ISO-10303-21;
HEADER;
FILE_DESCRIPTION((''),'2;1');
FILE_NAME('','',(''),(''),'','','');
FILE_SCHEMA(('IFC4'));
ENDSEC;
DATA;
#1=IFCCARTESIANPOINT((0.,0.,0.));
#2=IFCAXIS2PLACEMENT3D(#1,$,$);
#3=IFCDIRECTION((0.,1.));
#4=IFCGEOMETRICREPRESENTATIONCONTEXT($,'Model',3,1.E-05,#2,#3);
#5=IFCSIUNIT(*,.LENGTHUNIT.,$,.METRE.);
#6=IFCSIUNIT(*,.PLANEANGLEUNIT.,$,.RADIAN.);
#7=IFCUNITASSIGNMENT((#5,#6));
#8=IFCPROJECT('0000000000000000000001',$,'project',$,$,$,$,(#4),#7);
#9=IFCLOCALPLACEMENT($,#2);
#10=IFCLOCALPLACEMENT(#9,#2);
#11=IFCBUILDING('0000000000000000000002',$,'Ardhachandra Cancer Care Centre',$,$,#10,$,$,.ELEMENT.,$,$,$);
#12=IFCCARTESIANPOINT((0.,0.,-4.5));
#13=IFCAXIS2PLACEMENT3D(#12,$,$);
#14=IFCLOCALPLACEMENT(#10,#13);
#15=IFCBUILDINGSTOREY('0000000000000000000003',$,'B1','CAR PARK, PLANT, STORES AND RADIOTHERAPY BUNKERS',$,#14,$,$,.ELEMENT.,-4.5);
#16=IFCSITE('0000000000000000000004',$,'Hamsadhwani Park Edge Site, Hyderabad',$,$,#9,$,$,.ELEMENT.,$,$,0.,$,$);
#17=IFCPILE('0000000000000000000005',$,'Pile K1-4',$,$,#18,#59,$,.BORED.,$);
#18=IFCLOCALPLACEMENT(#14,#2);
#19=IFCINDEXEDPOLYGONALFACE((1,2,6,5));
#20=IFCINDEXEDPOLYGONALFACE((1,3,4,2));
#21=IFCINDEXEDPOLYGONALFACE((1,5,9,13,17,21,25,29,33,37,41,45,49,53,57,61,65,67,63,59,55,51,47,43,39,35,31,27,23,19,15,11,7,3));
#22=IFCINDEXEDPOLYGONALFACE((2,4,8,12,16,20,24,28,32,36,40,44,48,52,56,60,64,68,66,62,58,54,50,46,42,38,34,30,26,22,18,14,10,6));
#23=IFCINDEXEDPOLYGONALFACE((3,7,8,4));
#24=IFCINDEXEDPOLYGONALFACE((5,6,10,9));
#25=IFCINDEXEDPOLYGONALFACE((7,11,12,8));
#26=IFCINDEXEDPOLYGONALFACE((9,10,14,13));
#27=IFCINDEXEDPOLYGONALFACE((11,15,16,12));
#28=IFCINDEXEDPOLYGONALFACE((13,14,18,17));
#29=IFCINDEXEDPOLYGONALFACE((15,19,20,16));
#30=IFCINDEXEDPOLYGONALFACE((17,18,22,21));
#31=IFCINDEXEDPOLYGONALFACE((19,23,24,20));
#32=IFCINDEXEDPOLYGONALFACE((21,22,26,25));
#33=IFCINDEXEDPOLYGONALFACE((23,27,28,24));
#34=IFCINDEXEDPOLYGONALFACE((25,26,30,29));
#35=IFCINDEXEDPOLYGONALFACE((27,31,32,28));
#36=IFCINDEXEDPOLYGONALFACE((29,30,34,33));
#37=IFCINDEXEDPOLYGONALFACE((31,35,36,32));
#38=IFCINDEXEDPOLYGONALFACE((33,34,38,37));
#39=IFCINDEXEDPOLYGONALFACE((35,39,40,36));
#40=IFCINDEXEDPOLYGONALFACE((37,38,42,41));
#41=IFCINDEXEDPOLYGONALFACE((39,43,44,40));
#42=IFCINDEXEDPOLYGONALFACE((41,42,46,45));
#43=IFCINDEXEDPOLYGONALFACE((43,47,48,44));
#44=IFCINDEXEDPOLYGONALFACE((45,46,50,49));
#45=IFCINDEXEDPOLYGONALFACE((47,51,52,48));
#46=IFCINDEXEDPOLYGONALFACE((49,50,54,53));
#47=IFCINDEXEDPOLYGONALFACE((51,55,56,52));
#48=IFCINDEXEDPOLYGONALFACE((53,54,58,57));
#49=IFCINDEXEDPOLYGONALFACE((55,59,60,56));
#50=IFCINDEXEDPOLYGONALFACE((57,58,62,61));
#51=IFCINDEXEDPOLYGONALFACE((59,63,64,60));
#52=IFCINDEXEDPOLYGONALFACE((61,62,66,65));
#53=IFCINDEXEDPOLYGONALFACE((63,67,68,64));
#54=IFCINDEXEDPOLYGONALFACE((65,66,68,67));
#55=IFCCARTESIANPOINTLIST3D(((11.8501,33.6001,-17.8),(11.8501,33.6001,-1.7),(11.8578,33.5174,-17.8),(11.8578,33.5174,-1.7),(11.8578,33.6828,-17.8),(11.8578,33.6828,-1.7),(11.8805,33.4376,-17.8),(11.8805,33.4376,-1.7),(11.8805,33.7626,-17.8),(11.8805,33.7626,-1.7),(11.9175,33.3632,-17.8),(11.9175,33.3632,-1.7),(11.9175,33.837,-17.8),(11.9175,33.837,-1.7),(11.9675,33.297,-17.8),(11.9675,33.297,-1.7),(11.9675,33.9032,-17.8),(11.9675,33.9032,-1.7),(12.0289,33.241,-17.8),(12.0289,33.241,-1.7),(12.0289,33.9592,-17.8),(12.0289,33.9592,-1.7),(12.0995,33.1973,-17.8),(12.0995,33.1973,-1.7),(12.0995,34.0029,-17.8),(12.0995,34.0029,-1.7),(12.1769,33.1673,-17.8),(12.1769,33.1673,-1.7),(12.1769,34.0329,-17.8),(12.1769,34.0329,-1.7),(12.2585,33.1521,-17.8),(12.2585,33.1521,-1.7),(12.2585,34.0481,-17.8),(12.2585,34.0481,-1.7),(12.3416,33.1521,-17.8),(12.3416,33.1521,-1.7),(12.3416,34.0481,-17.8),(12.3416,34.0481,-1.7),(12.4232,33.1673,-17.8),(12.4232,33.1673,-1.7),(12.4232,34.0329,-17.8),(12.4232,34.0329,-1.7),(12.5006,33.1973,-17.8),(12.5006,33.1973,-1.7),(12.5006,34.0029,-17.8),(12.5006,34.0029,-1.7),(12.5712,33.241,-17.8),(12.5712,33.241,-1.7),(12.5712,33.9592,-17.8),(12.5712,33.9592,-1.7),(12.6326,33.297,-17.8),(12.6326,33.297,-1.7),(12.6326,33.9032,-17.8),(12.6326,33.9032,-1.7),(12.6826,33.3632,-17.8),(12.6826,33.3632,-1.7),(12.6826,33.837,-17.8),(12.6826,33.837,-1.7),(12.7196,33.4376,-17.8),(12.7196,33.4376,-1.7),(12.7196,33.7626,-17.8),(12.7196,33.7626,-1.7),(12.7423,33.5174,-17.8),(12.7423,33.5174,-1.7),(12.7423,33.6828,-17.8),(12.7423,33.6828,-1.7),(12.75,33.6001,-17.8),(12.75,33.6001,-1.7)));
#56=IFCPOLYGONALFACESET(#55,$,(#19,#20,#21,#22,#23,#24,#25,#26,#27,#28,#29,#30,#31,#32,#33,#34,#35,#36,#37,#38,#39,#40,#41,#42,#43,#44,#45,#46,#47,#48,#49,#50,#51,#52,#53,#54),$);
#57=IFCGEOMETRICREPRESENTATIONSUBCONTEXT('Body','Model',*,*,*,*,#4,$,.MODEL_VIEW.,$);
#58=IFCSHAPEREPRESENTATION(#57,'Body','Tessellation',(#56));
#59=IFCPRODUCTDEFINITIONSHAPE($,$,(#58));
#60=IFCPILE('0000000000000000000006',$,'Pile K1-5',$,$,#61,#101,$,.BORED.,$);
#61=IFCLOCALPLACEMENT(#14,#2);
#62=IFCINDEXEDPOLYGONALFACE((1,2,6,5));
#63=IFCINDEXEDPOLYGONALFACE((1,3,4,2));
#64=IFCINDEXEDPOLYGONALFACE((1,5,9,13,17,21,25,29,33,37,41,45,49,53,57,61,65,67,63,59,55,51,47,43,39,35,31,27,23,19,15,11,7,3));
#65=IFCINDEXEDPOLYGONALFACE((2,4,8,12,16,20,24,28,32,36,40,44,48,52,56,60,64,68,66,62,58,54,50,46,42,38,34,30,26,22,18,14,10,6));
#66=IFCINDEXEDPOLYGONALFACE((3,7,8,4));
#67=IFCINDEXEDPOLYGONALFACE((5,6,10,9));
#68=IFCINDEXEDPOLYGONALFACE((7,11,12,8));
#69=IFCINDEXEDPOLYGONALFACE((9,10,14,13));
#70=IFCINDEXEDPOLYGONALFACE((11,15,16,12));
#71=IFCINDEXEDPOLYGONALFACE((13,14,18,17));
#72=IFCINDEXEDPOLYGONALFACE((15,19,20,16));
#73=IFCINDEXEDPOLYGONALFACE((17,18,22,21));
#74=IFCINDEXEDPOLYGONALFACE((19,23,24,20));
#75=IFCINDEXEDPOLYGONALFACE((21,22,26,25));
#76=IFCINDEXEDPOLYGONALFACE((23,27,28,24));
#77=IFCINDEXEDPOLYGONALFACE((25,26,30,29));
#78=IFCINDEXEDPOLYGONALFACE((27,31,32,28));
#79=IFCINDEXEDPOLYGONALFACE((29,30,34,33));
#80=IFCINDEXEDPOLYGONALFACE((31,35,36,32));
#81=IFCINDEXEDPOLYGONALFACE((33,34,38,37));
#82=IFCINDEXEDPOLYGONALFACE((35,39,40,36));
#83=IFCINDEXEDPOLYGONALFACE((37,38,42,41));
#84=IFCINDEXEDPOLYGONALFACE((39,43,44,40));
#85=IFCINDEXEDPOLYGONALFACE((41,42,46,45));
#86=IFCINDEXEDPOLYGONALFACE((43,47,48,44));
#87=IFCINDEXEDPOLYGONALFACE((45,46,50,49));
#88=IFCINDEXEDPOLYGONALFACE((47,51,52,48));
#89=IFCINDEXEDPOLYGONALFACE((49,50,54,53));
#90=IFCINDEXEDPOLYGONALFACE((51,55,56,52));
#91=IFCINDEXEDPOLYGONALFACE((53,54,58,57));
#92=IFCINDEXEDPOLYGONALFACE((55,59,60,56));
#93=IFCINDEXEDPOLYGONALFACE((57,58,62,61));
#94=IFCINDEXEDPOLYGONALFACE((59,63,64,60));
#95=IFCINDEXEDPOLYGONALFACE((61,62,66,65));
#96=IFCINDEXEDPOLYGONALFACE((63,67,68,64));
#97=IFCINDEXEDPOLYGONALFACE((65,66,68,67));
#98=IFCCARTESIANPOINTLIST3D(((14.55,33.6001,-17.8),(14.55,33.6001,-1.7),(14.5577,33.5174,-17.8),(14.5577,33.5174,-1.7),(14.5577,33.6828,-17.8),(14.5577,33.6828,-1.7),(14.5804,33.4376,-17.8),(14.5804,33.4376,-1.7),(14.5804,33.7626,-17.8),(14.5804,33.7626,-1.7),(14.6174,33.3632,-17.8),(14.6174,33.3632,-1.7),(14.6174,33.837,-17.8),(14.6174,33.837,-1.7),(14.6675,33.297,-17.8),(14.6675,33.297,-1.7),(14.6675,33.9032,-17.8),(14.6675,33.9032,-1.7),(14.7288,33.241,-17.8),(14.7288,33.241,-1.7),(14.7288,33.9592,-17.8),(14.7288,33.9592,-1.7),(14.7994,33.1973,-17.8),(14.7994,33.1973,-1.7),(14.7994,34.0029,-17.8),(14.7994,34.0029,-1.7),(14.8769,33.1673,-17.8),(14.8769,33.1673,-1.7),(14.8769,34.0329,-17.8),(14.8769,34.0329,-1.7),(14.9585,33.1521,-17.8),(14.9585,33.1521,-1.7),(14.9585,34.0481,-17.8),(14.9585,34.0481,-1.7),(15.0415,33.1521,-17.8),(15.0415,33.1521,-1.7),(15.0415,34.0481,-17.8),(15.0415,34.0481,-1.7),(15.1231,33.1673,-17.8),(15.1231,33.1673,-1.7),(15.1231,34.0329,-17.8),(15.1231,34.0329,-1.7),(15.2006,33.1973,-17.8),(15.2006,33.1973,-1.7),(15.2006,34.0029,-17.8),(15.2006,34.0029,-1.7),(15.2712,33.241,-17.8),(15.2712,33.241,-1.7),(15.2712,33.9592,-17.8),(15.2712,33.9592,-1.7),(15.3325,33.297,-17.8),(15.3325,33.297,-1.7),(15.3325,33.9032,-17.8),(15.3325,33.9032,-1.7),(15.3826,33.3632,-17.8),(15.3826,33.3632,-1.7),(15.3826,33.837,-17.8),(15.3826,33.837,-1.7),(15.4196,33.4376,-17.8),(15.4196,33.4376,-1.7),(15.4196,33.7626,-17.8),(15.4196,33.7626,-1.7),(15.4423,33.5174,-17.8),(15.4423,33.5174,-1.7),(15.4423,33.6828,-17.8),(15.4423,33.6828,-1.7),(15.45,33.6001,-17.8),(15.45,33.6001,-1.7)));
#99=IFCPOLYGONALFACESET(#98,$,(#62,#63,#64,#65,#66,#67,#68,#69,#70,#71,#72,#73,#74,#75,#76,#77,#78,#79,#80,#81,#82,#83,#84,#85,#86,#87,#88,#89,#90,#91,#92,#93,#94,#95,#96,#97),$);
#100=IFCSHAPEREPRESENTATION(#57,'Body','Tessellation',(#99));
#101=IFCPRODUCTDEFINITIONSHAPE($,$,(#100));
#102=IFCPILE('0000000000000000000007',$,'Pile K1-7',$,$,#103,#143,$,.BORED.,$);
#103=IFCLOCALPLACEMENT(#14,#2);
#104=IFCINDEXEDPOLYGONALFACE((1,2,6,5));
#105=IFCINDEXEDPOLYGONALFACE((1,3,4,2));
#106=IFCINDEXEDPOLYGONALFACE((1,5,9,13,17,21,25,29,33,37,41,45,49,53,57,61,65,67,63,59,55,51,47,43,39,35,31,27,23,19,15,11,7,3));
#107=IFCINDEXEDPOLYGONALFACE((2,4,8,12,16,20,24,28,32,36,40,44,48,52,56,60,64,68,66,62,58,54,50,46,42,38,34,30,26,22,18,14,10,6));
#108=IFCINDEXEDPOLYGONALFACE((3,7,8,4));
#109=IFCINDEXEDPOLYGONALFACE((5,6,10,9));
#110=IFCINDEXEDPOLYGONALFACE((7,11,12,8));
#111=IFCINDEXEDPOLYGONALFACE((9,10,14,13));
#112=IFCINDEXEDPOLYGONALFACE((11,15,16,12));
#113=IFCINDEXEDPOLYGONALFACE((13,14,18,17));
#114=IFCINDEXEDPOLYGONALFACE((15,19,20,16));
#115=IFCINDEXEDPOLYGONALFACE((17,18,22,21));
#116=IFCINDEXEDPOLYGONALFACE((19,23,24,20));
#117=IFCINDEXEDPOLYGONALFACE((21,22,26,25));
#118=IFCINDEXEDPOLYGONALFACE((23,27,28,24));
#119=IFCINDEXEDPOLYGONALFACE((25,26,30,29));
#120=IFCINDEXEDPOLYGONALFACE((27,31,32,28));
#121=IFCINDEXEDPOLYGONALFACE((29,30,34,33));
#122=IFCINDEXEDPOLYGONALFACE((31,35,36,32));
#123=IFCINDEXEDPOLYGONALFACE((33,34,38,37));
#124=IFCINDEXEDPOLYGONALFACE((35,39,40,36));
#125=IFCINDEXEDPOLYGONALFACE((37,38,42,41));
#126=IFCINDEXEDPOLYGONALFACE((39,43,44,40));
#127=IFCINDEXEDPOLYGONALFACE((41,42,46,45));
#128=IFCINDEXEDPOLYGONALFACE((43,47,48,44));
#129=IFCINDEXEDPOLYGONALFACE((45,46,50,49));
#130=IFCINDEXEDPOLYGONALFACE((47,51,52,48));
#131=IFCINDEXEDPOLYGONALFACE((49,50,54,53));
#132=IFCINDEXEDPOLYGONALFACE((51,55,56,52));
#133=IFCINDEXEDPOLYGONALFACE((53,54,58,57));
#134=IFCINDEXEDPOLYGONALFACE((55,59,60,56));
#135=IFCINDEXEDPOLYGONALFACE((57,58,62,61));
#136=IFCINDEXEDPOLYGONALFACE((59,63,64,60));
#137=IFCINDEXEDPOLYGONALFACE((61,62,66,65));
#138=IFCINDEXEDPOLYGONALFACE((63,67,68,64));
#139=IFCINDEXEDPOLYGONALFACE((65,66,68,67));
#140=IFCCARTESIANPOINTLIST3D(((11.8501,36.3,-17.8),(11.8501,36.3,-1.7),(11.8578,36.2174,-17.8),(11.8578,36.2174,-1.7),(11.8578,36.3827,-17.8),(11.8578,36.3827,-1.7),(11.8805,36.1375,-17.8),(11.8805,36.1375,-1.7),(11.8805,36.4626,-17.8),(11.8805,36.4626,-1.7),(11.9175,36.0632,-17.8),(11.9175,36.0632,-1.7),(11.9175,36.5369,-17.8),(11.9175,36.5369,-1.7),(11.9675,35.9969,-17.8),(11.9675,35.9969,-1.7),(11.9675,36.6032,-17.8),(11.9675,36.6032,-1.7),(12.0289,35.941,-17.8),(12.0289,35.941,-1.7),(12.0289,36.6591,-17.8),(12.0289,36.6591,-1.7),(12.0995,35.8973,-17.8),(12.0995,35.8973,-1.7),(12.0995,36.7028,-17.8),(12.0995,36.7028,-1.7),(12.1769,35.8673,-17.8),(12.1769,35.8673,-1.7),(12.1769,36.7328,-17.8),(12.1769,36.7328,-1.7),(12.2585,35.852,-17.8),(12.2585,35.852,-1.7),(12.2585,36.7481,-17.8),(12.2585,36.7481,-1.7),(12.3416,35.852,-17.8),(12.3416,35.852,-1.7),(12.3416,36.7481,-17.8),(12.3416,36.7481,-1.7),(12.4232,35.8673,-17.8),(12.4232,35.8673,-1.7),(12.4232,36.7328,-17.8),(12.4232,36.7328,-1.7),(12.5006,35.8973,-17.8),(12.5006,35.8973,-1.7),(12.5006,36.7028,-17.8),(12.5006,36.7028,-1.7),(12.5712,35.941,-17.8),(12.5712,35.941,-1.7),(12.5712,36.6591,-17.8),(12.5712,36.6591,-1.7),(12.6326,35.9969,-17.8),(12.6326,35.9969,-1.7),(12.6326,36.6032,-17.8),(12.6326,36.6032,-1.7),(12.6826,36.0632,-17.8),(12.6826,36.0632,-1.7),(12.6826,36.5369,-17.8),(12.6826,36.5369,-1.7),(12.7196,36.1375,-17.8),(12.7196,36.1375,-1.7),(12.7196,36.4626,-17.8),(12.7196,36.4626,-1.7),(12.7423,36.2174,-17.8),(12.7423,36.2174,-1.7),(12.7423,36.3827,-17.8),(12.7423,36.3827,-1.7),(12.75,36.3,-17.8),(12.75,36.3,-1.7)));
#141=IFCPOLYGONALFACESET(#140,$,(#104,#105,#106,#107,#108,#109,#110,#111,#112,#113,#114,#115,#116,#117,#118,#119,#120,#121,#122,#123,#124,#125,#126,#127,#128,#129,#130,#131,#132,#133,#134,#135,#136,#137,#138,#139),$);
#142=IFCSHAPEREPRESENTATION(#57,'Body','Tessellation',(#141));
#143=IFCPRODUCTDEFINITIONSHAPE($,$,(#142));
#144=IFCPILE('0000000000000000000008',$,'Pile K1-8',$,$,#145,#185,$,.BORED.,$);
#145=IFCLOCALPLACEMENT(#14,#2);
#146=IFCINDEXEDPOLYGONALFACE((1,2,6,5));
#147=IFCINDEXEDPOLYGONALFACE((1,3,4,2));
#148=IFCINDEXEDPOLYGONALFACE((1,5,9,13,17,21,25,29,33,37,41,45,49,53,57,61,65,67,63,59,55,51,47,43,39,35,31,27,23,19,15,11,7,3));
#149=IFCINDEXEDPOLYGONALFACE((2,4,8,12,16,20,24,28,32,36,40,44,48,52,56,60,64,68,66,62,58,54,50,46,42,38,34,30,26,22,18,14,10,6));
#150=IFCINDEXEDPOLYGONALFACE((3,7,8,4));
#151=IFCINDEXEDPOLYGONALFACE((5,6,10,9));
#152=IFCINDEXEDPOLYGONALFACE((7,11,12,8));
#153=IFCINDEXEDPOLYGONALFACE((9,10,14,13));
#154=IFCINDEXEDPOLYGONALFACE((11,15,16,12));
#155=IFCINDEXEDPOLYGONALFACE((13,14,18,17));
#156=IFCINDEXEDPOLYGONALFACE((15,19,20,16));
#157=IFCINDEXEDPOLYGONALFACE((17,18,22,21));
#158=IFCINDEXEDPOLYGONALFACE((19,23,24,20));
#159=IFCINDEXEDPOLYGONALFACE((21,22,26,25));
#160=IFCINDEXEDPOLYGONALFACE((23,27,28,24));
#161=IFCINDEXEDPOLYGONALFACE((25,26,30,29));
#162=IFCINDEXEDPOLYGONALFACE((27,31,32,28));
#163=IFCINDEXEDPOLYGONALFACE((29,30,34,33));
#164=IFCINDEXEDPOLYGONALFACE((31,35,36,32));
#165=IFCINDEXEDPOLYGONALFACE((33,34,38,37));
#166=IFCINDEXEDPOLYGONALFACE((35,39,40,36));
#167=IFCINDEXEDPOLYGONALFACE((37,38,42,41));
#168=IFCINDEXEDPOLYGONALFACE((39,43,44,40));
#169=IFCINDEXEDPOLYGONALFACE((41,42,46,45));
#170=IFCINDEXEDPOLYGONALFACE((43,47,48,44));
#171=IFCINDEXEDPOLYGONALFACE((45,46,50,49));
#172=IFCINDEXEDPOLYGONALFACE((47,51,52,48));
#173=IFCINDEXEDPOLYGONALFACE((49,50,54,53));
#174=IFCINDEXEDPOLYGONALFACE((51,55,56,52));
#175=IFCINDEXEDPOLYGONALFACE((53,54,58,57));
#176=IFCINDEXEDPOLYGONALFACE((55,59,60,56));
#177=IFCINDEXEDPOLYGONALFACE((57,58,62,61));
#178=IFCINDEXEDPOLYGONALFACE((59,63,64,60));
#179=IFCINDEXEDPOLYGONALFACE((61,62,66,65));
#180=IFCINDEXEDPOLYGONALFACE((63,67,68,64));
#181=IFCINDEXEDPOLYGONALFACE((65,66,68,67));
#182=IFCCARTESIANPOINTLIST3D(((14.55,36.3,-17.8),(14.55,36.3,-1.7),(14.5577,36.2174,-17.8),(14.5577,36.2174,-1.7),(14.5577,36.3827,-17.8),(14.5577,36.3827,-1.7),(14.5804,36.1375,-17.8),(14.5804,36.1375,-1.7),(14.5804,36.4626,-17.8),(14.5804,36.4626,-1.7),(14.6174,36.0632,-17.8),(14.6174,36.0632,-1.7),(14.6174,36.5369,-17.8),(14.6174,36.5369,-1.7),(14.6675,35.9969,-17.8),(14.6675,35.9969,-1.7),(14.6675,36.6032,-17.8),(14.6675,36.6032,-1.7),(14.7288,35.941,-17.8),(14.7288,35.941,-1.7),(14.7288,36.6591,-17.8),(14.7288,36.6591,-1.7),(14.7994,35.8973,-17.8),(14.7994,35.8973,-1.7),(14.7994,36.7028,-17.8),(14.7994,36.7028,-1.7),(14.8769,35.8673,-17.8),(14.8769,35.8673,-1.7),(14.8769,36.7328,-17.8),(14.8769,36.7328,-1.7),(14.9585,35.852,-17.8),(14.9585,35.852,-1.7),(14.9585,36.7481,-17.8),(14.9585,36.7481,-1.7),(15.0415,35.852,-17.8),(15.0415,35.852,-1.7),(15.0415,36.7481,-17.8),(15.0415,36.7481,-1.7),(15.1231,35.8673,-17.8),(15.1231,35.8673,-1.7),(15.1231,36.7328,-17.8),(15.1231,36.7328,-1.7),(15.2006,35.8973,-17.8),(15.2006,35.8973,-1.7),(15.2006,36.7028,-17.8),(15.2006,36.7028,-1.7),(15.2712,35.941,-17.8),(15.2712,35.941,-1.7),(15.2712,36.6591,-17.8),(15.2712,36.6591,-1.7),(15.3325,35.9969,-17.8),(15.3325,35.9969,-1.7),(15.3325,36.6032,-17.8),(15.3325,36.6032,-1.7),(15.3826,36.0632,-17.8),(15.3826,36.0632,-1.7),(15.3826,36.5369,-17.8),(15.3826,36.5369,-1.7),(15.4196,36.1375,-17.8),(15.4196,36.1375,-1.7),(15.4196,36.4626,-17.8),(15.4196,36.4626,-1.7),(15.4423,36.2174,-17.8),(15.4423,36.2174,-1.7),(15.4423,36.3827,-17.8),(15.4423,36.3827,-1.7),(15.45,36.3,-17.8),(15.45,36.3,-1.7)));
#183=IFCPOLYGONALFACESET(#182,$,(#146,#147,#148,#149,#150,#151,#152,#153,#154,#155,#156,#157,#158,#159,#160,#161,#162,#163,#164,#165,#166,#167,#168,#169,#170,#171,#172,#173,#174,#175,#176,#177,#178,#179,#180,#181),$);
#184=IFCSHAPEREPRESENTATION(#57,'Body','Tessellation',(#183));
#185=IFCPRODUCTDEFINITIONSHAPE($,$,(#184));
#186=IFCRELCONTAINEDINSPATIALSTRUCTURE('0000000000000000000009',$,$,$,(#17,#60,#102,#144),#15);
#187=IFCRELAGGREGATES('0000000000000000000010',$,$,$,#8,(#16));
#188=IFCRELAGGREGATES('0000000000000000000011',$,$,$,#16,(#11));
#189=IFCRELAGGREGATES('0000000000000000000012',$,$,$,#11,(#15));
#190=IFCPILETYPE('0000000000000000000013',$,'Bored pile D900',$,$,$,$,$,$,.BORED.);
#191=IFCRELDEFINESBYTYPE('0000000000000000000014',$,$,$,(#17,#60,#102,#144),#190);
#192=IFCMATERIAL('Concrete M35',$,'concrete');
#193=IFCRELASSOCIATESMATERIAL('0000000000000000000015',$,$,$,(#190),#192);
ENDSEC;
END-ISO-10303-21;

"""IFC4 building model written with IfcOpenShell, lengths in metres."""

from ifc_helpers import new_model, si_unit, direction, frame, origin, origin_2d, place, context, subcontext, project, spatial, circle, extrude, material, material_profile, profile_set, type_object, element, save


model = new_model("IFC4")

# Units and contexts
model_context = context("Model", 3, precision=1e-05, world=origin(), true_north=direction((0.0, 1.0)))
body_context = subcontext(model_context, "Body", "Model", "MODEL_VIEW")
ifc_project = project(units=[si_unit("LENGTHUNIT", "METRE"), si_unit("PLANEANGLEUNIT", "RADIAN")], contexts=[model_context])

# Site, building, storey
site_placement = place(None, origin())
site = spatial("IfcSite", under=ifc_project, at=site_placement, Name="Hamsadhwani Park Edge Site, Hyderabad", CompositionType="ELEMENT", RefElevation=0.0)
building_placement = place(site_placement, origin())
building = spatial("IfcBuilding", under=site, at=building_placement, Name="Ardhachandra Cancer Care Centre", CompositionType="ELEMENT")
storey_placement = place(building_placement, frame((0.0, 0.0, -4.5)))
storey = spatial("IfcBuildingStorey", under=building, at=storey_placement, Name="B1", Description="CAR PARK, PLANT, STORES AND RADIOTHERAPY BUNKERS", CompositionType="ELEMENT", Elevation=-4.5)

# Piles
ifc_material_1 = material(Name="Concrete M35", Category="concrete")
ifc_material_profile_1 = material_profile(ifc_material_1, circle(Radius=0.45, at=origin_2d()), Name="D900")
ifc_profile_set_1 = profile_set([ifc_material_profile_1], Name="Concrete M35")
pile_type_1 = type_object("IfcPileType", Name="Bored pile D900", PredefinedType="BORED", material=ifc_profile_set_1)
for number, where, z_axis, x_axis, name in (
    (1, (12.3, 33.6001, -1.7), (0.0, 0.0, -1.0), (1.0, 0.0, 0.0), "Pile K1-4"),
    (2, (15.0, 33.6001, -1.7), (0.0, 0.0, -1.0), (1.0, 0.0, 0.0), "Pile K1-5"),
    (3, (12.3, 36.3, -1.7), (0.0, 0.0, -1.0), (1.0, 0.0, 0.0), "Pile K1-7"),
    (4, (15.0, 36.3, -1.7), (0.0, 0.0, -1.0), (1.0, 0.0, 0.0), "Pile K1-8"),
):
    element("IfcPile", number, at=place(storey_placement, frame(where, z_axis=z_axis, x_axis=x_axis)), inside=storey, type_object=pile_type_1, Name=name, PredefinedType="BORED", context=body_context, shape_type="SweptSolid", body=[
        extrude(circle(Radius=0.45, at=origin_2d()), origin(), (0.0, 0.0, 1.0), 16.1001),
    ])

save(model, "model.ifc")
